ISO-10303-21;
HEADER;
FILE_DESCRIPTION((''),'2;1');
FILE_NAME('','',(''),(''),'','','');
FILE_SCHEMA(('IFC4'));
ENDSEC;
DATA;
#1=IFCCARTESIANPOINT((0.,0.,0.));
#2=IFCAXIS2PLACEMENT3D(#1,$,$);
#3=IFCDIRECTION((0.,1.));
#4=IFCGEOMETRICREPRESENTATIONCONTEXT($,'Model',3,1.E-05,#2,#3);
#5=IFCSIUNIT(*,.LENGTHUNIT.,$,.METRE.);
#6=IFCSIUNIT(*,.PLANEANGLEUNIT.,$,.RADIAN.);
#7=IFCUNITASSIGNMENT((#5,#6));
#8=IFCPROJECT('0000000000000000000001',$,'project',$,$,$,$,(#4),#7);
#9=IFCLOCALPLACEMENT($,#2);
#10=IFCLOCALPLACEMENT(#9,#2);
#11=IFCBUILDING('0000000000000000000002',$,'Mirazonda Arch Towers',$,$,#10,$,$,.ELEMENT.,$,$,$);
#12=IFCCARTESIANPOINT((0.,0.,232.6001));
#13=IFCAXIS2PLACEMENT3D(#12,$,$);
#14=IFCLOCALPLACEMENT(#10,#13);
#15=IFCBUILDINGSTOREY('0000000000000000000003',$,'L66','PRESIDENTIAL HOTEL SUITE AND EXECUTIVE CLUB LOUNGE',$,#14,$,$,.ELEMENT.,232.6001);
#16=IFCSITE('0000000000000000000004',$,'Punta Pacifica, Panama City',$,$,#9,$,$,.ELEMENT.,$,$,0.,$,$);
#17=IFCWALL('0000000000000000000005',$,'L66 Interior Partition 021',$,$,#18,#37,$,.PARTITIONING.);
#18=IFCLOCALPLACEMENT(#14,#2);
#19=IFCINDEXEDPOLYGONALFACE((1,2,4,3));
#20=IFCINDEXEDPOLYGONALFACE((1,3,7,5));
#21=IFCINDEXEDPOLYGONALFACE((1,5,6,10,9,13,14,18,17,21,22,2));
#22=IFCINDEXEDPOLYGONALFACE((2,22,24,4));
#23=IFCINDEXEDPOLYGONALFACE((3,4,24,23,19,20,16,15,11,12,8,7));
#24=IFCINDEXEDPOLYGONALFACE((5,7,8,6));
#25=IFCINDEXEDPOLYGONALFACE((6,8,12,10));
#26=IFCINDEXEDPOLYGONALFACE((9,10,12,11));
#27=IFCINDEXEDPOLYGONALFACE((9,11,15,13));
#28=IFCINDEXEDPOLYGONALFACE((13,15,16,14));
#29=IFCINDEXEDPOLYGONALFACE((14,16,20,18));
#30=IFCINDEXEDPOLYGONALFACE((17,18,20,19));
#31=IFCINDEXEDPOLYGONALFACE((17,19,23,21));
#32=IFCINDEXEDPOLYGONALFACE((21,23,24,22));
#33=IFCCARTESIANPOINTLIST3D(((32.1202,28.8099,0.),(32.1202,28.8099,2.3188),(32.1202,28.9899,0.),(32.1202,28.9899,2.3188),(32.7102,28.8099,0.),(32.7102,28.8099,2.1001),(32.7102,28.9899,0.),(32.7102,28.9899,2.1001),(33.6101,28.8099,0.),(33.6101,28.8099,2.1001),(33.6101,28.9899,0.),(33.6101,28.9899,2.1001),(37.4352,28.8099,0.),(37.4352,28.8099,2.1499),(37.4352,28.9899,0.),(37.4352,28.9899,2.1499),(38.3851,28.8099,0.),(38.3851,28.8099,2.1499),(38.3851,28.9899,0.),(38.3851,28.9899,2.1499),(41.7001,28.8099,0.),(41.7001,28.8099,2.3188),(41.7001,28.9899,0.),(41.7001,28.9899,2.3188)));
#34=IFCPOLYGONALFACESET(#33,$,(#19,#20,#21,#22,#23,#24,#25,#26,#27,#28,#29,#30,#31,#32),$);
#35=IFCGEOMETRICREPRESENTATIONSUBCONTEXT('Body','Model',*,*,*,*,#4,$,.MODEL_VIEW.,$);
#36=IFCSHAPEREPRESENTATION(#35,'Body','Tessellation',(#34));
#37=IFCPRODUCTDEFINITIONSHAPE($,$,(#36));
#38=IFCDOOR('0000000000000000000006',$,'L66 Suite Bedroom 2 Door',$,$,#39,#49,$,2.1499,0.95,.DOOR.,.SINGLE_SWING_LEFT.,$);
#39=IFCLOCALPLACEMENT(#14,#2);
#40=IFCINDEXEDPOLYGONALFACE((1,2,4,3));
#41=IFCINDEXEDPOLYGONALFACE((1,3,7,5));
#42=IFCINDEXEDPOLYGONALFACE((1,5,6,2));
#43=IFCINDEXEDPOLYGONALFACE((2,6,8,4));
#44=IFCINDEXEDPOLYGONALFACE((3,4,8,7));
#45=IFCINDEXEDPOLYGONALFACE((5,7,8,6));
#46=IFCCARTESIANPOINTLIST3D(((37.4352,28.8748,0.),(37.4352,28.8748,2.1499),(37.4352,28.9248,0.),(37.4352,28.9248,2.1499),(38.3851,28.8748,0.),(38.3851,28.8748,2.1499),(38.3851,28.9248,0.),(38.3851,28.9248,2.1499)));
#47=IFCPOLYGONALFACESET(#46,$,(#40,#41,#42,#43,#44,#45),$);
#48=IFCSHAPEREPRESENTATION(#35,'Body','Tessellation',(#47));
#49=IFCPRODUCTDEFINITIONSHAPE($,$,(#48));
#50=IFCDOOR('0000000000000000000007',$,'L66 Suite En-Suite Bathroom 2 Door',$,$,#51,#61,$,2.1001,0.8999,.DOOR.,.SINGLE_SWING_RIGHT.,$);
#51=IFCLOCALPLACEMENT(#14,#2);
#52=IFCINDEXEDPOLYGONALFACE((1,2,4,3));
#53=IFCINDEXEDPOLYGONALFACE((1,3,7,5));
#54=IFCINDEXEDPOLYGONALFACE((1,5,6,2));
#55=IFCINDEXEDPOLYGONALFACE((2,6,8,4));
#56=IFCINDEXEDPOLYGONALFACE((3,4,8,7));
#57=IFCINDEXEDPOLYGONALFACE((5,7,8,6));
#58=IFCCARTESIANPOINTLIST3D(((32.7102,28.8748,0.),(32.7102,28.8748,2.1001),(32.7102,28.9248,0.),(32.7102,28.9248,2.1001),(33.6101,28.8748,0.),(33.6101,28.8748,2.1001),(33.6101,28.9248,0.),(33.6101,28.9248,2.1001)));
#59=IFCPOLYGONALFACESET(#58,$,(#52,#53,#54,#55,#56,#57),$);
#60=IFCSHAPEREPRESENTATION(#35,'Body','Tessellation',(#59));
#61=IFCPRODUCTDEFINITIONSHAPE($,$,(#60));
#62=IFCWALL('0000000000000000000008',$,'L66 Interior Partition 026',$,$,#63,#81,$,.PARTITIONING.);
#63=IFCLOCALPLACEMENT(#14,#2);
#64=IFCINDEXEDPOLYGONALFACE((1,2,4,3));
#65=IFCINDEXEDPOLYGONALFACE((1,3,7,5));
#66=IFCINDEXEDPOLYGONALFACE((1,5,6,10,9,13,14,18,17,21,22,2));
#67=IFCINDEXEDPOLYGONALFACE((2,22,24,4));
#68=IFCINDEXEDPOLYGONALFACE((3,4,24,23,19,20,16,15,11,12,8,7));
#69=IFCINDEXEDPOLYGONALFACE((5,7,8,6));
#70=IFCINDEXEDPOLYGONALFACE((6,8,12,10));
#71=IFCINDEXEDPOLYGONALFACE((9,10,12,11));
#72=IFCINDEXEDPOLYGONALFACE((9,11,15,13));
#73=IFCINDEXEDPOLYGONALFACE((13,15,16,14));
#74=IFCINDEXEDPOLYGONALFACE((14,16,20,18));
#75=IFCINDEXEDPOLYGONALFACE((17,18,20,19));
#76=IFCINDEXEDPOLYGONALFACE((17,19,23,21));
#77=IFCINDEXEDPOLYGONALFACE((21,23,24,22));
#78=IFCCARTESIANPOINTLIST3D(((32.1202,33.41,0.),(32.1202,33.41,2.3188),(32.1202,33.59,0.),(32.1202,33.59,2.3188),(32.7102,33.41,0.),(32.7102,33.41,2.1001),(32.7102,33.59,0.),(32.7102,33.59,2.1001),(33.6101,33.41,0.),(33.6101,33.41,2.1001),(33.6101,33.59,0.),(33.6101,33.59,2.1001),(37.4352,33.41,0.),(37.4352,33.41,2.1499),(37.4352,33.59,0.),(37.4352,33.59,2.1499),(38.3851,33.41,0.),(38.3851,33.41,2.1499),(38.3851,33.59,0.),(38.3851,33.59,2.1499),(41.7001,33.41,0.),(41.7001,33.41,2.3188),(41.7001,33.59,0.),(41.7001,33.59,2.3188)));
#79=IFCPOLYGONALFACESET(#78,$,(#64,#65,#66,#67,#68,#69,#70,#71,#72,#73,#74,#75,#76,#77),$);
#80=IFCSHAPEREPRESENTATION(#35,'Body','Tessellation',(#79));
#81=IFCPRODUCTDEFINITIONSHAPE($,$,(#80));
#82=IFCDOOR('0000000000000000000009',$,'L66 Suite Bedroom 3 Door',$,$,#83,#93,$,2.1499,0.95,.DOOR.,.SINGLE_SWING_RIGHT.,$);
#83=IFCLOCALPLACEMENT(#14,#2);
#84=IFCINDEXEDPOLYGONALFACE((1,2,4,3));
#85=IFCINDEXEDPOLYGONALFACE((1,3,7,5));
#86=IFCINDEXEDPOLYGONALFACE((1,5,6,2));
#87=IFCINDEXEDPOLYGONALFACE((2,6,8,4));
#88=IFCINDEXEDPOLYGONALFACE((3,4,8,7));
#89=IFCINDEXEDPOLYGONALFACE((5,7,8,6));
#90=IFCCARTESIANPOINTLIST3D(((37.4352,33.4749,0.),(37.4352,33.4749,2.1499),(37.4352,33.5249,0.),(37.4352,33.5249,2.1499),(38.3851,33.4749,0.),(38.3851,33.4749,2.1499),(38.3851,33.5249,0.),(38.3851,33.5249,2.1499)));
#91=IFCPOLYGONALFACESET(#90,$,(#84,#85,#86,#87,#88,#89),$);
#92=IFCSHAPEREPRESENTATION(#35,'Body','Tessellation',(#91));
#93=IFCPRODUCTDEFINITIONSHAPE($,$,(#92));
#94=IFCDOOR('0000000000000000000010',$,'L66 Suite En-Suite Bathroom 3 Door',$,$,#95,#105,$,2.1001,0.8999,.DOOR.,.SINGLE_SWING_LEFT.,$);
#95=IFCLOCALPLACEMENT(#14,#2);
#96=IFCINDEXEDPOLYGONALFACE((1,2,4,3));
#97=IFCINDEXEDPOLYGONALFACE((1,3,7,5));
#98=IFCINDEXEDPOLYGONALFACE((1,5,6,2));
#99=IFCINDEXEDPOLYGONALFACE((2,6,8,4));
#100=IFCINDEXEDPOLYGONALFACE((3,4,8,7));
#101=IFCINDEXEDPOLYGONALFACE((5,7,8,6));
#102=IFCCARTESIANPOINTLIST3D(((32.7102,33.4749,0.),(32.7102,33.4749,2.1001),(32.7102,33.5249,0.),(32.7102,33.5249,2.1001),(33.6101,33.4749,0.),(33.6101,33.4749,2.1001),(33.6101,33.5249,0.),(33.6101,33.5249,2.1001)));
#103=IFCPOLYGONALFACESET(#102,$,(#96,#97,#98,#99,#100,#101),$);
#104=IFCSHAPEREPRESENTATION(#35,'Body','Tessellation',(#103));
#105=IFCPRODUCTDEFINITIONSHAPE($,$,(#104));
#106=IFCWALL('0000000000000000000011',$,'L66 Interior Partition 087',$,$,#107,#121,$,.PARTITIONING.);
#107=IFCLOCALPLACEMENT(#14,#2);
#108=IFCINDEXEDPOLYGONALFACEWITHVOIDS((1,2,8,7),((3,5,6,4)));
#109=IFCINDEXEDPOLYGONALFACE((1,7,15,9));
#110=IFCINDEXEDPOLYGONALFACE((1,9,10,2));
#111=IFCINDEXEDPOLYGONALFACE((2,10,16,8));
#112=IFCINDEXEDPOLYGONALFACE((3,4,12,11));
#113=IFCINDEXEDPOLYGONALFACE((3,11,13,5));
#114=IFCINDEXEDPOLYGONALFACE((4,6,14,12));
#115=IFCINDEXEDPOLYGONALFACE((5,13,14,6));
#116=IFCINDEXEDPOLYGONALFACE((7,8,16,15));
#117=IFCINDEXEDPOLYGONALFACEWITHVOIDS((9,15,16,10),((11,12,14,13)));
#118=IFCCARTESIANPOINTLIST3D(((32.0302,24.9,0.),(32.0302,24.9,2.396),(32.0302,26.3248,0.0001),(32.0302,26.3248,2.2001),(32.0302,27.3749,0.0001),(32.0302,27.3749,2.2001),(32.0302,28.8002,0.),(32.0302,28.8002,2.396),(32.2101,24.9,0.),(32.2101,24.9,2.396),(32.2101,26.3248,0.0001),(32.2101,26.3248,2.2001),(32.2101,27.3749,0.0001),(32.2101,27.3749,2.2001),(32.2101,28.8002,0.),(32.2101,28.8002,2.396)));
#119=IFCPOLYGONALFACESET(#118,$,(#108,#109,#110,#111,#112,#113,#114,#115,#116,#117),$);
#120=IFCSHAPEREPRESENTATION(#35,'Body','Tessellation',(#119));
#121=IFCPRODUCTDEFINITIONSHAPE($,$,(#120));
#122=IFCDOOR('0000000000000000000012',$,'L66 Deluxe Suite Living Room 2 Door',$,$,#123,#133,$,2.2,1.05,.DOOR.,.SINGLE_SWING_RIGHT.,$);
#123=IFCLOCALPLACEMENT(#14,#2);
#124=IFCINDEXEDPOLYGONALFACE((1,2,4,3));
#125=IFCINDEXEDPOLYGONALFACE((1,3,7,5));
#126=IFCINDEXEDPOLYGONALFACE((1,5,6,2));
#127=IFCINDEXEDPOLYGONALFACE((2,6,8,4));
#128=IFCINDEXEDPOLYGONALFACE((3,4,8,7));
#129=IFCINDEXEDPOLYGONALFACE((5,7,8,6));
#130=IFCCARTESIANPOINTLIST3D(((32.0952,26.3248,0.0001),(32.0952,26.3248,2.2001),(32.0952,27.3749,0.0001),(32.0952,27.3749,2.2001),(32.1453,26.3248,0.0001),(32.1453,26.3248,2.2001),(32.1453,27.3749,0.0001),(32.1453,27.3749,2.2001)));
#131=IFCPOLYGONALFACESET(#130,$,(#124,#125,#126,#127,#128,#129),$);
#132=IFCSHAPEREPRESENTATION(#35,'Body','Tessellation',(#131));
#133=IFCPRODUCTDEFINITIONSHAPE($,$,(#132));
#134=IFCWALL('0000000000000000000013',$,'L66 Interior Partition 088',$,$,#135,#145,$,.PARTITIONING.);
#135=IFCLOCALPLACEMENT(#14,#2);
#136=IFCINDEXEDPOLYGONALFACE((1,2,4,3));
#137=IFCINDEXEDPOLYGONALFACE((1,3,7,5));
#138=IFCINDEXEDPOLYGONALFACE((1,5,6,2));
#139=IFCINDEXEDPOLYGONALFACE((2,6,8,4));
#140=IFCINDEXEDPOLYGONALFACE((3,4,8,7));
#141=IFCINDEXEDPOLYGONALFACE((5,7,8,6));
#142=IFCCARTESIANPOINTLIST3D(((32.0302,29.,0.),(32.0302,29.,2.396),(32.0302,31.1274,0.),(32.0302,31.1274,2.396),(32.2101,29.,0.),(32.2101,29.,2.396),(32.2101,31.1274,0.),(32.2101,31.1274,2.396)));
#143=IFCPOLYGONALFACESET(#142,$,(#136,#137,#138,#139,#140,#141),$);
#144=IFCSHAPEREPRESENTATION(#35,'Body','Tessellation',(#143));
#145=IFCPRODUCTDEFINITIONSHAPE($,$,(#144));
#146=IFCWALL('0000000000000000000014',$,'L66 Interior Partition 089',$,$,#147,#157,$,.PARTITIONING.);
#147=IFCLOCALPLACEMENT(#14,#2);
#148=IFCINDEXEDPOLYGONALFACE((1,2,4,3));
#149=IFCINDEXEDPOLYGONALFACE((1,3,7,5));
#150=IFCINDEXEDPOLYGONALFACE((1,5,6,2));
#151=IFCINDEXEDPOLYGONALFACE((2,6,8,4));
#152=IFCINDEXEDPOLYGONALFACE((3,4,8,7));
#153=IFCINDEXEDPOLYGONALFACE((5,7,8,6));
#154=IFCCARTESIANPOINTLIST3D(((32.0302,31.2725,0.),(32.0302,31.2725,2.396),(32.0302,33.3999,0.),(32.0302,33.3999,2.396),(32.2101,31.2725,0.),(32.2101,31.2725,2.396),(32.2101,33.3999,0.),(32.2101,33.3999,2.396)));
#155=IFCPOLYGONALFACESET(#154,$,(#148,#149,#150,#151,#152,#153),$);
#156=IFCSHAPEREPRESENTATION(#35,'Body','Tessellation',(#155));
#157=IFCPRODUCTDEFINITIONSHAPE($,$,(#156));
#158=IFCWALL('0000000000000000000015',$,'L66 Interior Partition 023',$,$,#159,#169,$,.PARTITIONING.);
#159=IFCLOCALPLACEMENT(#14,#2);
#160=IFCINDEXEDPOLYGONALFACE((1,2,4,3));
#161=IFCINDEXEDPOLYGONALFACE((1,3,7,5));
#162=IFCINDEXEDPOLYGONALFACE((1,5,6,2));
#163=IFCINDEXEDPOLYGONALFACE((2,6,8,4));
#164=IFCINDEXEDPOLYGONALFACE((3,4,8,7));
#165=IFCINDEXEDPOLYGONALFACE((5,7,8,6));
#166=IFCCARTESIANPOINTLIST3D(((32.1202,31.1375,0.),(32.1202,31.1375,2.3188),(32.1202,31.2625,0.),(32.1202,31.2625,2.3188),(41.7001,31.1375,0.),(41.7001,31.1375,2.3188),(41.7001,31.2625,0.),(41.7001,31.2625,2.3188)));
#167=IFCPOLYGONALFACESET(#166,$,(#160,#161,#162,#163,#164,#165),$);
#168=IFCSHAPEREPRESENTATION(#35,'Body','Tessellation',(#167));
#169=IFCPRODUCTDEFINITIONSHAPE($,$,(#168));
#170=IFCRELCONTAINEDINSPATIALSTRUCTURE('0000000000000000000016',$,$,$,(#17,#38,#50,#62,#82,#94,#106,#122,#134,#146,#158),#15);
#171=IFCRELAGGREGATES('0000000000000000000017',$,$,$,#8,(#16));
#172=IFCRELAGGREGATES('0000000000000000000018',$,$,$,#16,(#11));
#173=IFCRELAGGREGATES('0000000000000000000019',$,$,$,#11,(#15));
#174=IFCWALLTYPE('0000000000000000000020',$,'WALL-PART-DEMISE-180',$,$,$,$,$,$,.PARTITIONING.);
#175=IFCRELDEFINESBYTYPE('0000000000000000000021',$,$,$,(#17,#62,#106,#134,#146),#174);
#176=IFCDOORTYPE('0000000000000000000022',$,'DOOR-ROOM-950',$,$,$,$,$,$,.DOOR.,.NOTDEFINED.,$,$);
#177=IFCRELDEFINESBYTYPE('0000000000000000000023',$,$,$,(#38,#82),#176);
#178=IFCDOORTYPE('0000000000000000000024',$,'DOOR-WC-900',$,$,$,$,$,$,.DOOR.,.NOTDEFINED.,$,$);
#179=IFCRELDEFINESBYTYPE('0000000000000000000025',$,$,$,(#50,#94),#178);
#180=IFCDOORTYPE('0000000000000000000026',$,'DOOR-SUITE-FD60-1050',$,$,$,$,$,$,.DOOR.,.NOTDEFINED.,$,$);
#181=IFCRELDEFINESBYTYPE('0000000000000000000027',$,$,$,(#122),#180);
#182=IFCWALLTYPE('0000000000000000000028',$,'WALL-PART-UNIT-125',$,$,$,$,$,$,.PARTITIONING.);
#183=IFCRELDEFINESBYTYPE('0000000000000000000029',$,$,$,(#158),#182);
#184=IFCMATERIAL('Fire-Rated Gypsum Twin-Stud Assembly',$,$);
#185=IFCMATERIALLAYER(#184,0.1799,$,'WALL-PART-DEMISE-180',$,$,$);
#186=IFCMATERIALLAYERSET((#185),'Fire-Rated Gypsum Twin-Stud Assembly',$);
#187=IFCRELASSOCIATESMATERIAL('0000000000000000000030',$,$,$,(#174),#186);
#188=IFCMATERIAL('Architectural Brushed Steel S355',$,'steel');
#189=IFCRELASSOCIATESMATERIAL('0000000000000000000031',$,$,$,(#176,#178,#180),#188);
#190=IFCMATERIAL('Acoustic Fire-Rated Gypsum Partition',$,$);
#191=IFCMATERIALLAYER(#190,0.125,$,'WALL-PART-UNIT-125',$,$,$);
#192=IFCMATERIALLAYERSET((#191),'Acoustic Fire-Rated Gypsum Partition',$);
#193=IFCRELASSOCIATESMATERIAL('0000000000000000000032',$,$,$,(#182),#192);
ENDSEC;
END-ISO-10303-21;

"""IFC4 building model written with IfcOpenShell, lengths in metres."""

from ifc_helpers import new_model, si_unit, direction, frame, frame_2d, origin, place, context, subcontext, project, spatial, rectangle, extrude, material, layer, layer_set, type_object, element, fill, save


model = new_model("IFC4")

# Units and contexts
model_context = context("Model", 3, precision=1e-05, world=origin(), true_north=direction((0.0, 1.0)))
body_context = subcontext(model_context, "Body", "Model", "MODEL_VIEW")
ifc_project = project(units=[si_unit("LENGTHUNIT", "METRE"), si_unit("PLANEANGLEUNIT", "RADIAN")], contexts=[model_context])

# Site, building, storey
site_placement = place(None, origin())
site = spatial("IfcSite", under=ifc_project, at=site_placement, Name="Punta Pacifica, Panama City", CompositionType="ELEMENT", RefElevation=0.0)
building_placement = place(site_placement, origin())
building = spatial("IfcBuilding", under=site, at=building_placement, Name="Mirazonda Arch Towers", CompositionType="ELEMENT")
storey_placement = place(building_placement, frame((0.0, 0.0, 232.6001)))
storey = spatial("IfcBuildingStorey", under=building, at=storey_placement, Name="L66", Description="PRESIDENTIAL HOTEL SUITE AND EXECUTIVE CLUB LOUNGE", CompositionType="ELEMENT", Elevation=232.6001)

# Walls, openings, doors
ifc_material_1 = material(Name="Fire-Rated Gypsum Twin-Stud Assembly")
ifc_layer_1 = layer(ifc_material_1, 0.1799, Name="WALL-PART-DEMISE-180")
ifc_layer_set_1 = layer_set([ifc_layer_1], Name="Fire-Rated Gypsum Twin-Stud Assembly")
wall_type_1 = type_object("IfcWallType", Name="WALL-PART-DEMISE-180", PredefinedType="PARTITIONING", material=ifc_layer_set_1)
wall_1_placement = place(storey_placement, frame((32.1201, 28.8999, 0.0), z_axis=(0.0, 0.0, 1.0), x_axis=(1.0, 0.0, 0.0)))
wall_1 = element("IfcWall", 1, at=wall_1_placement, inside=storey, type_object=wall_type_1, Name="L66 Interior Partition 021", PredefinedType="PARTITIONING", context=body_context, shape_type="SweptSolid", body=[
    extrude(rectangle(XDim=9.5798, YDim=0.1799, at=frame_2d((4.79, 0.0))), origin(), (0.0, 0.0, 1.0), 2.3188),
])
opening_1_placement = place(wall_1_placement, frame((5.3149, 0.0, 0.0)))
opening_1 = element("IfcOpeningElement", 2, at=opening_1_placement, cuts=wall_1, PredefinedType="OPENING", context=body_context, shape_type="SweptSolid", body=[
    extrude(rectangle(XDim=0.95, YDim=2.1499, at=frame_2d((0.4751, 1.075))), frame((0.0, 0.0999, 0.0), z_axis=(0.0, -1.0, 0.0), x_axis=(1.0, 0.0, 0.0)), (0.0, 0.0, 1.0), 0.2),
])
opening_2_placement = place(wall_1_placement, frame((0.5901, 0.0, 0.0)))
opening_2 = element("IfcOpeningElement", 3, at=opening_2_placement, cuts=wall_1, PredefinedType="OPENING", context=body_context, shape_type="SweptSolid", body=[
    extrude(rectangle(XDim=0.8999, YDim=2.1001, at=frame_2d((0.45, 1.05))), frame((0.0, 0.0999, 0.0), z_axis=(0.0, -1.0, 0.0), x_axis=(1.0, 0.0, 0.0)), (0.0, 0.0, 1.0), 0.2),
])
ifc_material_2 = material(Name="Architectural Brushed Steel S355", Category="steel")
door_type_1 = type_object("IfcDoorType", Name="DOOR-ROOM-950", OperationType="NOTDEFINED", PredefinedType="DOOR", material=ifc_material_2)
door_1_placement = place(opening_1_placement, origin())
door_1 = element("IfcDoor", 4, at=door_1_placement, inside=storey, type_object=door_type_1, Name="L66 Suite Bedroom 2 Door", OperationType="SINGLE_SWING_LEFT", OverallHeight=2.1499, OverallWidth=0.95, PredefinedType="DOOR", context=body_context, shape_type="SweptSolid", body=[
    extrude(rectangle(XDim=0.95, YDim=2.1499, at=frame_2d((0.4751, 1.075))), frame((0.0, 0.0249, 0.0), z_axis=(0.0, -1.0, 0.0), x_axis=(1.0, 0.0, 0.0)), (0.0, 0.0, 1.0), 0.05),
])
fill(opening_1, door_1)
door_type_2 = type_object("IfcDoorType", Name="DOOR-WC-900", OperationType="NOTDEFINED", PredefinedType="DOOR", material=ifc_material_2)
door_2_placement = place(opening_2_placement, origin())
door_2 = element("IfcDoor", 5, at=door_2_placement, inside=storey, type_object=door_type_2, Name="L66 Suite En-Suite Bathroom 2 Door", OperationType="SINGLE_SWING_RIGHT", OverallHeight=2.1001, OverallWidth=0.8999, PredefinedType="DOOR", context=body_context, shape_type="SweptSolid", body=[
    extrude(rectangle(XDim=0.8999, YDim=2.1001, at=frame_2d((0.45, 1.05))), frame((0.0, 0.0249, 0.0), z_axis=(0.0, -1.0, 0.0), x_axis=(1.0, 0.0, 0.0)), (0.0, 0.0, 1.0), 0.05),
])
fill(opening_2, door_2)
wall_2_placement = place(storey_placement, frame((32.1201, 33.5, 0.0), z_axis=(0.0, 0.0, 1.0), x_axis=(1.0, 0.0, 0.0)))
wall_2 = element("IfcWall", 6, at=wall_2_placement, inside=storey, type_object=wall_type_1, Name="L66 Interior Partition 026", PredefinedType="PARTITIONING", context=body_context, shape_type="SweptSolid", body=[
    extrude(rectangle(XDim=9.5798, YDim=0.1799, at=frame_2d((4.79, 0.0))), origin(), (0.0, 0.0, 1.0), 2.3188),
])
opening_3_placement = place(wall_2_placement, frame((5.3149, 0.0, 0.0)))
opening_3 = element("IfcOpeningElement", 7, at=opening_3_placement, cuts=wall_2, PredefinedType="OPENING", context=body_context, shape_type="SweptSolid", body=[
    extrude(rectangle(XDim=0.95, YDim=2.1499, at=frame_2d((0.4751, 1.075))), frame((0.0, 0.0999, 0.0), z_axis=(0.0, -1.0, 0.0), x_axis=(1.0, 0.0, 0.0)), (0.0, 0.0, 1.0), 0.2),
])
opening_4_placement = place(wall_2_placement, frame((0.5901, 0.0, 0.0)))
opening_4 = element("IfcOpeningElement", 8, at=opening_4_placement, cuts=wall_2, PredefinedType="OPENING", context=body_context, shape_type="SweptSolid", body=[
    extrude(rectangle(XDim=0.8999, YDim=2.1001, at=frame_2d((0.45, 1.05))), frame((0.0, 0.0999, 0.0), z_axis=(0.0, -1.0, 0.0), x_axis=(1.0, 0.0, 0.0)), (0.0, 0.0, 1.0), 0.2),
])
door_3_placement = place(opening_3_placement, origin())
door_3 = element("IfcDoor", 9, at=door_3_placement, inside=storey, type_object=door_type_1, Name="L66 Suite Bedroom 3 Door", OperationType="SINGLE_SWING_RIGHT", OverallHeight=2.1499, OverallWidth=0.95, PredefinedType="DOOR", context=body_context, shape_type="SweptSolid", body=[
    extrude(rectangle(XDim=0.95, YDim=2.1499, at=frame_2d((0.4751, 1.075))), frame((0.0, 0.0249, 0.0), z_axis=(0.0, -1.0, 0.0), x_axis=(1.0, 0.0, 0.0)), (0.0, 0.0, 1.0), 0.05),
])
fill(opening_3, door_3)
door_4_placement = place(opening_4_placement, origin())
door_4 = element("IfcDoor", 10, at=door_4_placement, inside=storey, type_object=door_type_2, Name="L66 Suite En-Suite Bathroom 3 Door", OperationType="SINGLE_SWING_LEFT", OverallHeight=2.1001, OverallWidth=0.8999, PredefinedType="DOOR", context=body_context, shape_type="SweptSolid", body=[
    extrude(rectangle(XDim=0.8999, YDim=2.1001, at=frame_2d((0.45, 1.05))), frame((0.0, 0.0249, 0.0), z_axis=(0.0, -1.0, 0.0), x_axis=(1.0, 0.0, 0.0)), (0.0, 0.0, 1.0), 0.05),
])
fill(opening_4, door_4)

# Wall, opening, door
wall_3_placement = place(storey_placement, frame((32.1201, 24.8999, 0.0), z_axis=(0.0, 0.0, 1.0), x_axis=(0.0, 1.0, 0.0)))
wall_3 = element("IfcWall", 11, at=wall_3_placement, inside=storey, type_object=wall_type_1, Name="L66 Interior Partition 087", PredefinedType="PARTITIONING", context=body_context, shape_type="SweptSolid", body=[
    extrude(rectangle(XDim=3.9001, YDim=0.1799, at=frame_2d((1.9502, 0.0))), origin(), (0.0, 0.0, 1.0), 2.396),
])
opening_5_placement = place(wall_3_placement, frame((1.425, 0.0, 0.0)))
opening_5 = element("IfcOpeningElement", 12, at=opening_5_placement, cuts=wall_3, PredefinedType="OPENING", context=body_context, shape_type="SweptSolid", body=[
    extrude(rectangle(XDim=1.05, YDim=2.2, at=frame_2d((0.5249, 1.1001))), frame((0.0, 0.0999, 0.0), z_axis=(0.0, -1.0, 0.0), x_axis=(1.0, 0.0, 0.0)), (0.0, 0.0, 1.0), 0.2),
])
door_type_3 = type_object("IfcDoorType", Name="DOOR-SUITE-FD60-1050", OperationType="NOTDEFINED", PredefinedType="DOOR", material=ifc_material_2)
door_5_placement = place(opening_5_placement, origin())
door_5 = element("IfcDoor", 13, at=door_5_placement, inside=storey, type_object=door_type_3, Name="L66 Deluxe Suite Living Room 2 Door", OperationType="SINGLE_SWING_RIGHT", OverallHeight=2.2, OverallWidth=1.05, PredefinedType="DOOR", context=body_context, shape_type="SweptSolid", body=[
    extrude(rectangle(XDim=1.05, YDim=2.2, at=frame_2d((0.5249, 1.1001))), frame((0.0, 0.0249, 0.0), z_axis=(0.0, -1.0, 0.0), x_axis=(1.0, 0.0, 0.0)), (0.0, 0.0, 1.0), 0.05),
])
fill(opening_5, door_5)

# Walls
for number, where, z_axis, x_axis, name in (
    (14, (32.1201, 29.0, 0.0), (0.0, 0.0, 1.0), (0.0, 1.0, 0.0), "L66 Interior Partition 088"),
    (15, (32.1201, 31.2725, 0.0), (0.0, 0.0, 1.0), (0.0, 1.0, 0.0), "L66 Interior Partition 089"),
):
    element("IfcWall", number, at=place(storey_placement, frame(where, z_axis=z_axis, x_axis=x_axis)), inside=storey, type_object=wall_type_1, Name=name, PredefinedType="PARTITIONING", context=body_context, shape_type="SweptSolid", body=[
        extrude(rectangle(XDim=2.1274, YDim=0.1799, at=frame_2d((1.0637, 0.0))), origin(), (0.0, 0.0, 1.0), 2.396),
    ])
ifc_material_3 = material(Name="Acoustic Fire-Rated Gypsum Partition")
ifc_layer_2 = layer(ifc_material_3, 0.125, Name="WALL-PART-UNIT-125")
ifc_layer_set_2 = layer_set([ifc_layer_2], Name="Acoustic Fire-Rated Gypsum Partition")
wall_type_2 = type_object("IfcWallType", Name="WALL-PART-UNIT-125", PredefinedType="PARTITIONING", material=ifc_layer_set_2)
wall_4_placement = place(storey_placement, frame((32.1201, 31.2, 0.0), z_axis=(0.0, 0.0, 1.0), x_axis=(1.0, 0.0, 0.0)))
element("IfcWall", 16, at=wall_4_placement, inside=storey, type_object=wall_type_2, Name="L66 Interior Partition 023", PredefinedType="PARTITIONING", context=body_context, shape_type="SweptSolid", body=[
    extrude(rectangle(XDim=9.5798, YDim=0.125, at=frame_2d((4.79, 0.0))), origin(), (0.0, 0.0, 1.0), 2.3188),
])

save(model, "model.ifc")
